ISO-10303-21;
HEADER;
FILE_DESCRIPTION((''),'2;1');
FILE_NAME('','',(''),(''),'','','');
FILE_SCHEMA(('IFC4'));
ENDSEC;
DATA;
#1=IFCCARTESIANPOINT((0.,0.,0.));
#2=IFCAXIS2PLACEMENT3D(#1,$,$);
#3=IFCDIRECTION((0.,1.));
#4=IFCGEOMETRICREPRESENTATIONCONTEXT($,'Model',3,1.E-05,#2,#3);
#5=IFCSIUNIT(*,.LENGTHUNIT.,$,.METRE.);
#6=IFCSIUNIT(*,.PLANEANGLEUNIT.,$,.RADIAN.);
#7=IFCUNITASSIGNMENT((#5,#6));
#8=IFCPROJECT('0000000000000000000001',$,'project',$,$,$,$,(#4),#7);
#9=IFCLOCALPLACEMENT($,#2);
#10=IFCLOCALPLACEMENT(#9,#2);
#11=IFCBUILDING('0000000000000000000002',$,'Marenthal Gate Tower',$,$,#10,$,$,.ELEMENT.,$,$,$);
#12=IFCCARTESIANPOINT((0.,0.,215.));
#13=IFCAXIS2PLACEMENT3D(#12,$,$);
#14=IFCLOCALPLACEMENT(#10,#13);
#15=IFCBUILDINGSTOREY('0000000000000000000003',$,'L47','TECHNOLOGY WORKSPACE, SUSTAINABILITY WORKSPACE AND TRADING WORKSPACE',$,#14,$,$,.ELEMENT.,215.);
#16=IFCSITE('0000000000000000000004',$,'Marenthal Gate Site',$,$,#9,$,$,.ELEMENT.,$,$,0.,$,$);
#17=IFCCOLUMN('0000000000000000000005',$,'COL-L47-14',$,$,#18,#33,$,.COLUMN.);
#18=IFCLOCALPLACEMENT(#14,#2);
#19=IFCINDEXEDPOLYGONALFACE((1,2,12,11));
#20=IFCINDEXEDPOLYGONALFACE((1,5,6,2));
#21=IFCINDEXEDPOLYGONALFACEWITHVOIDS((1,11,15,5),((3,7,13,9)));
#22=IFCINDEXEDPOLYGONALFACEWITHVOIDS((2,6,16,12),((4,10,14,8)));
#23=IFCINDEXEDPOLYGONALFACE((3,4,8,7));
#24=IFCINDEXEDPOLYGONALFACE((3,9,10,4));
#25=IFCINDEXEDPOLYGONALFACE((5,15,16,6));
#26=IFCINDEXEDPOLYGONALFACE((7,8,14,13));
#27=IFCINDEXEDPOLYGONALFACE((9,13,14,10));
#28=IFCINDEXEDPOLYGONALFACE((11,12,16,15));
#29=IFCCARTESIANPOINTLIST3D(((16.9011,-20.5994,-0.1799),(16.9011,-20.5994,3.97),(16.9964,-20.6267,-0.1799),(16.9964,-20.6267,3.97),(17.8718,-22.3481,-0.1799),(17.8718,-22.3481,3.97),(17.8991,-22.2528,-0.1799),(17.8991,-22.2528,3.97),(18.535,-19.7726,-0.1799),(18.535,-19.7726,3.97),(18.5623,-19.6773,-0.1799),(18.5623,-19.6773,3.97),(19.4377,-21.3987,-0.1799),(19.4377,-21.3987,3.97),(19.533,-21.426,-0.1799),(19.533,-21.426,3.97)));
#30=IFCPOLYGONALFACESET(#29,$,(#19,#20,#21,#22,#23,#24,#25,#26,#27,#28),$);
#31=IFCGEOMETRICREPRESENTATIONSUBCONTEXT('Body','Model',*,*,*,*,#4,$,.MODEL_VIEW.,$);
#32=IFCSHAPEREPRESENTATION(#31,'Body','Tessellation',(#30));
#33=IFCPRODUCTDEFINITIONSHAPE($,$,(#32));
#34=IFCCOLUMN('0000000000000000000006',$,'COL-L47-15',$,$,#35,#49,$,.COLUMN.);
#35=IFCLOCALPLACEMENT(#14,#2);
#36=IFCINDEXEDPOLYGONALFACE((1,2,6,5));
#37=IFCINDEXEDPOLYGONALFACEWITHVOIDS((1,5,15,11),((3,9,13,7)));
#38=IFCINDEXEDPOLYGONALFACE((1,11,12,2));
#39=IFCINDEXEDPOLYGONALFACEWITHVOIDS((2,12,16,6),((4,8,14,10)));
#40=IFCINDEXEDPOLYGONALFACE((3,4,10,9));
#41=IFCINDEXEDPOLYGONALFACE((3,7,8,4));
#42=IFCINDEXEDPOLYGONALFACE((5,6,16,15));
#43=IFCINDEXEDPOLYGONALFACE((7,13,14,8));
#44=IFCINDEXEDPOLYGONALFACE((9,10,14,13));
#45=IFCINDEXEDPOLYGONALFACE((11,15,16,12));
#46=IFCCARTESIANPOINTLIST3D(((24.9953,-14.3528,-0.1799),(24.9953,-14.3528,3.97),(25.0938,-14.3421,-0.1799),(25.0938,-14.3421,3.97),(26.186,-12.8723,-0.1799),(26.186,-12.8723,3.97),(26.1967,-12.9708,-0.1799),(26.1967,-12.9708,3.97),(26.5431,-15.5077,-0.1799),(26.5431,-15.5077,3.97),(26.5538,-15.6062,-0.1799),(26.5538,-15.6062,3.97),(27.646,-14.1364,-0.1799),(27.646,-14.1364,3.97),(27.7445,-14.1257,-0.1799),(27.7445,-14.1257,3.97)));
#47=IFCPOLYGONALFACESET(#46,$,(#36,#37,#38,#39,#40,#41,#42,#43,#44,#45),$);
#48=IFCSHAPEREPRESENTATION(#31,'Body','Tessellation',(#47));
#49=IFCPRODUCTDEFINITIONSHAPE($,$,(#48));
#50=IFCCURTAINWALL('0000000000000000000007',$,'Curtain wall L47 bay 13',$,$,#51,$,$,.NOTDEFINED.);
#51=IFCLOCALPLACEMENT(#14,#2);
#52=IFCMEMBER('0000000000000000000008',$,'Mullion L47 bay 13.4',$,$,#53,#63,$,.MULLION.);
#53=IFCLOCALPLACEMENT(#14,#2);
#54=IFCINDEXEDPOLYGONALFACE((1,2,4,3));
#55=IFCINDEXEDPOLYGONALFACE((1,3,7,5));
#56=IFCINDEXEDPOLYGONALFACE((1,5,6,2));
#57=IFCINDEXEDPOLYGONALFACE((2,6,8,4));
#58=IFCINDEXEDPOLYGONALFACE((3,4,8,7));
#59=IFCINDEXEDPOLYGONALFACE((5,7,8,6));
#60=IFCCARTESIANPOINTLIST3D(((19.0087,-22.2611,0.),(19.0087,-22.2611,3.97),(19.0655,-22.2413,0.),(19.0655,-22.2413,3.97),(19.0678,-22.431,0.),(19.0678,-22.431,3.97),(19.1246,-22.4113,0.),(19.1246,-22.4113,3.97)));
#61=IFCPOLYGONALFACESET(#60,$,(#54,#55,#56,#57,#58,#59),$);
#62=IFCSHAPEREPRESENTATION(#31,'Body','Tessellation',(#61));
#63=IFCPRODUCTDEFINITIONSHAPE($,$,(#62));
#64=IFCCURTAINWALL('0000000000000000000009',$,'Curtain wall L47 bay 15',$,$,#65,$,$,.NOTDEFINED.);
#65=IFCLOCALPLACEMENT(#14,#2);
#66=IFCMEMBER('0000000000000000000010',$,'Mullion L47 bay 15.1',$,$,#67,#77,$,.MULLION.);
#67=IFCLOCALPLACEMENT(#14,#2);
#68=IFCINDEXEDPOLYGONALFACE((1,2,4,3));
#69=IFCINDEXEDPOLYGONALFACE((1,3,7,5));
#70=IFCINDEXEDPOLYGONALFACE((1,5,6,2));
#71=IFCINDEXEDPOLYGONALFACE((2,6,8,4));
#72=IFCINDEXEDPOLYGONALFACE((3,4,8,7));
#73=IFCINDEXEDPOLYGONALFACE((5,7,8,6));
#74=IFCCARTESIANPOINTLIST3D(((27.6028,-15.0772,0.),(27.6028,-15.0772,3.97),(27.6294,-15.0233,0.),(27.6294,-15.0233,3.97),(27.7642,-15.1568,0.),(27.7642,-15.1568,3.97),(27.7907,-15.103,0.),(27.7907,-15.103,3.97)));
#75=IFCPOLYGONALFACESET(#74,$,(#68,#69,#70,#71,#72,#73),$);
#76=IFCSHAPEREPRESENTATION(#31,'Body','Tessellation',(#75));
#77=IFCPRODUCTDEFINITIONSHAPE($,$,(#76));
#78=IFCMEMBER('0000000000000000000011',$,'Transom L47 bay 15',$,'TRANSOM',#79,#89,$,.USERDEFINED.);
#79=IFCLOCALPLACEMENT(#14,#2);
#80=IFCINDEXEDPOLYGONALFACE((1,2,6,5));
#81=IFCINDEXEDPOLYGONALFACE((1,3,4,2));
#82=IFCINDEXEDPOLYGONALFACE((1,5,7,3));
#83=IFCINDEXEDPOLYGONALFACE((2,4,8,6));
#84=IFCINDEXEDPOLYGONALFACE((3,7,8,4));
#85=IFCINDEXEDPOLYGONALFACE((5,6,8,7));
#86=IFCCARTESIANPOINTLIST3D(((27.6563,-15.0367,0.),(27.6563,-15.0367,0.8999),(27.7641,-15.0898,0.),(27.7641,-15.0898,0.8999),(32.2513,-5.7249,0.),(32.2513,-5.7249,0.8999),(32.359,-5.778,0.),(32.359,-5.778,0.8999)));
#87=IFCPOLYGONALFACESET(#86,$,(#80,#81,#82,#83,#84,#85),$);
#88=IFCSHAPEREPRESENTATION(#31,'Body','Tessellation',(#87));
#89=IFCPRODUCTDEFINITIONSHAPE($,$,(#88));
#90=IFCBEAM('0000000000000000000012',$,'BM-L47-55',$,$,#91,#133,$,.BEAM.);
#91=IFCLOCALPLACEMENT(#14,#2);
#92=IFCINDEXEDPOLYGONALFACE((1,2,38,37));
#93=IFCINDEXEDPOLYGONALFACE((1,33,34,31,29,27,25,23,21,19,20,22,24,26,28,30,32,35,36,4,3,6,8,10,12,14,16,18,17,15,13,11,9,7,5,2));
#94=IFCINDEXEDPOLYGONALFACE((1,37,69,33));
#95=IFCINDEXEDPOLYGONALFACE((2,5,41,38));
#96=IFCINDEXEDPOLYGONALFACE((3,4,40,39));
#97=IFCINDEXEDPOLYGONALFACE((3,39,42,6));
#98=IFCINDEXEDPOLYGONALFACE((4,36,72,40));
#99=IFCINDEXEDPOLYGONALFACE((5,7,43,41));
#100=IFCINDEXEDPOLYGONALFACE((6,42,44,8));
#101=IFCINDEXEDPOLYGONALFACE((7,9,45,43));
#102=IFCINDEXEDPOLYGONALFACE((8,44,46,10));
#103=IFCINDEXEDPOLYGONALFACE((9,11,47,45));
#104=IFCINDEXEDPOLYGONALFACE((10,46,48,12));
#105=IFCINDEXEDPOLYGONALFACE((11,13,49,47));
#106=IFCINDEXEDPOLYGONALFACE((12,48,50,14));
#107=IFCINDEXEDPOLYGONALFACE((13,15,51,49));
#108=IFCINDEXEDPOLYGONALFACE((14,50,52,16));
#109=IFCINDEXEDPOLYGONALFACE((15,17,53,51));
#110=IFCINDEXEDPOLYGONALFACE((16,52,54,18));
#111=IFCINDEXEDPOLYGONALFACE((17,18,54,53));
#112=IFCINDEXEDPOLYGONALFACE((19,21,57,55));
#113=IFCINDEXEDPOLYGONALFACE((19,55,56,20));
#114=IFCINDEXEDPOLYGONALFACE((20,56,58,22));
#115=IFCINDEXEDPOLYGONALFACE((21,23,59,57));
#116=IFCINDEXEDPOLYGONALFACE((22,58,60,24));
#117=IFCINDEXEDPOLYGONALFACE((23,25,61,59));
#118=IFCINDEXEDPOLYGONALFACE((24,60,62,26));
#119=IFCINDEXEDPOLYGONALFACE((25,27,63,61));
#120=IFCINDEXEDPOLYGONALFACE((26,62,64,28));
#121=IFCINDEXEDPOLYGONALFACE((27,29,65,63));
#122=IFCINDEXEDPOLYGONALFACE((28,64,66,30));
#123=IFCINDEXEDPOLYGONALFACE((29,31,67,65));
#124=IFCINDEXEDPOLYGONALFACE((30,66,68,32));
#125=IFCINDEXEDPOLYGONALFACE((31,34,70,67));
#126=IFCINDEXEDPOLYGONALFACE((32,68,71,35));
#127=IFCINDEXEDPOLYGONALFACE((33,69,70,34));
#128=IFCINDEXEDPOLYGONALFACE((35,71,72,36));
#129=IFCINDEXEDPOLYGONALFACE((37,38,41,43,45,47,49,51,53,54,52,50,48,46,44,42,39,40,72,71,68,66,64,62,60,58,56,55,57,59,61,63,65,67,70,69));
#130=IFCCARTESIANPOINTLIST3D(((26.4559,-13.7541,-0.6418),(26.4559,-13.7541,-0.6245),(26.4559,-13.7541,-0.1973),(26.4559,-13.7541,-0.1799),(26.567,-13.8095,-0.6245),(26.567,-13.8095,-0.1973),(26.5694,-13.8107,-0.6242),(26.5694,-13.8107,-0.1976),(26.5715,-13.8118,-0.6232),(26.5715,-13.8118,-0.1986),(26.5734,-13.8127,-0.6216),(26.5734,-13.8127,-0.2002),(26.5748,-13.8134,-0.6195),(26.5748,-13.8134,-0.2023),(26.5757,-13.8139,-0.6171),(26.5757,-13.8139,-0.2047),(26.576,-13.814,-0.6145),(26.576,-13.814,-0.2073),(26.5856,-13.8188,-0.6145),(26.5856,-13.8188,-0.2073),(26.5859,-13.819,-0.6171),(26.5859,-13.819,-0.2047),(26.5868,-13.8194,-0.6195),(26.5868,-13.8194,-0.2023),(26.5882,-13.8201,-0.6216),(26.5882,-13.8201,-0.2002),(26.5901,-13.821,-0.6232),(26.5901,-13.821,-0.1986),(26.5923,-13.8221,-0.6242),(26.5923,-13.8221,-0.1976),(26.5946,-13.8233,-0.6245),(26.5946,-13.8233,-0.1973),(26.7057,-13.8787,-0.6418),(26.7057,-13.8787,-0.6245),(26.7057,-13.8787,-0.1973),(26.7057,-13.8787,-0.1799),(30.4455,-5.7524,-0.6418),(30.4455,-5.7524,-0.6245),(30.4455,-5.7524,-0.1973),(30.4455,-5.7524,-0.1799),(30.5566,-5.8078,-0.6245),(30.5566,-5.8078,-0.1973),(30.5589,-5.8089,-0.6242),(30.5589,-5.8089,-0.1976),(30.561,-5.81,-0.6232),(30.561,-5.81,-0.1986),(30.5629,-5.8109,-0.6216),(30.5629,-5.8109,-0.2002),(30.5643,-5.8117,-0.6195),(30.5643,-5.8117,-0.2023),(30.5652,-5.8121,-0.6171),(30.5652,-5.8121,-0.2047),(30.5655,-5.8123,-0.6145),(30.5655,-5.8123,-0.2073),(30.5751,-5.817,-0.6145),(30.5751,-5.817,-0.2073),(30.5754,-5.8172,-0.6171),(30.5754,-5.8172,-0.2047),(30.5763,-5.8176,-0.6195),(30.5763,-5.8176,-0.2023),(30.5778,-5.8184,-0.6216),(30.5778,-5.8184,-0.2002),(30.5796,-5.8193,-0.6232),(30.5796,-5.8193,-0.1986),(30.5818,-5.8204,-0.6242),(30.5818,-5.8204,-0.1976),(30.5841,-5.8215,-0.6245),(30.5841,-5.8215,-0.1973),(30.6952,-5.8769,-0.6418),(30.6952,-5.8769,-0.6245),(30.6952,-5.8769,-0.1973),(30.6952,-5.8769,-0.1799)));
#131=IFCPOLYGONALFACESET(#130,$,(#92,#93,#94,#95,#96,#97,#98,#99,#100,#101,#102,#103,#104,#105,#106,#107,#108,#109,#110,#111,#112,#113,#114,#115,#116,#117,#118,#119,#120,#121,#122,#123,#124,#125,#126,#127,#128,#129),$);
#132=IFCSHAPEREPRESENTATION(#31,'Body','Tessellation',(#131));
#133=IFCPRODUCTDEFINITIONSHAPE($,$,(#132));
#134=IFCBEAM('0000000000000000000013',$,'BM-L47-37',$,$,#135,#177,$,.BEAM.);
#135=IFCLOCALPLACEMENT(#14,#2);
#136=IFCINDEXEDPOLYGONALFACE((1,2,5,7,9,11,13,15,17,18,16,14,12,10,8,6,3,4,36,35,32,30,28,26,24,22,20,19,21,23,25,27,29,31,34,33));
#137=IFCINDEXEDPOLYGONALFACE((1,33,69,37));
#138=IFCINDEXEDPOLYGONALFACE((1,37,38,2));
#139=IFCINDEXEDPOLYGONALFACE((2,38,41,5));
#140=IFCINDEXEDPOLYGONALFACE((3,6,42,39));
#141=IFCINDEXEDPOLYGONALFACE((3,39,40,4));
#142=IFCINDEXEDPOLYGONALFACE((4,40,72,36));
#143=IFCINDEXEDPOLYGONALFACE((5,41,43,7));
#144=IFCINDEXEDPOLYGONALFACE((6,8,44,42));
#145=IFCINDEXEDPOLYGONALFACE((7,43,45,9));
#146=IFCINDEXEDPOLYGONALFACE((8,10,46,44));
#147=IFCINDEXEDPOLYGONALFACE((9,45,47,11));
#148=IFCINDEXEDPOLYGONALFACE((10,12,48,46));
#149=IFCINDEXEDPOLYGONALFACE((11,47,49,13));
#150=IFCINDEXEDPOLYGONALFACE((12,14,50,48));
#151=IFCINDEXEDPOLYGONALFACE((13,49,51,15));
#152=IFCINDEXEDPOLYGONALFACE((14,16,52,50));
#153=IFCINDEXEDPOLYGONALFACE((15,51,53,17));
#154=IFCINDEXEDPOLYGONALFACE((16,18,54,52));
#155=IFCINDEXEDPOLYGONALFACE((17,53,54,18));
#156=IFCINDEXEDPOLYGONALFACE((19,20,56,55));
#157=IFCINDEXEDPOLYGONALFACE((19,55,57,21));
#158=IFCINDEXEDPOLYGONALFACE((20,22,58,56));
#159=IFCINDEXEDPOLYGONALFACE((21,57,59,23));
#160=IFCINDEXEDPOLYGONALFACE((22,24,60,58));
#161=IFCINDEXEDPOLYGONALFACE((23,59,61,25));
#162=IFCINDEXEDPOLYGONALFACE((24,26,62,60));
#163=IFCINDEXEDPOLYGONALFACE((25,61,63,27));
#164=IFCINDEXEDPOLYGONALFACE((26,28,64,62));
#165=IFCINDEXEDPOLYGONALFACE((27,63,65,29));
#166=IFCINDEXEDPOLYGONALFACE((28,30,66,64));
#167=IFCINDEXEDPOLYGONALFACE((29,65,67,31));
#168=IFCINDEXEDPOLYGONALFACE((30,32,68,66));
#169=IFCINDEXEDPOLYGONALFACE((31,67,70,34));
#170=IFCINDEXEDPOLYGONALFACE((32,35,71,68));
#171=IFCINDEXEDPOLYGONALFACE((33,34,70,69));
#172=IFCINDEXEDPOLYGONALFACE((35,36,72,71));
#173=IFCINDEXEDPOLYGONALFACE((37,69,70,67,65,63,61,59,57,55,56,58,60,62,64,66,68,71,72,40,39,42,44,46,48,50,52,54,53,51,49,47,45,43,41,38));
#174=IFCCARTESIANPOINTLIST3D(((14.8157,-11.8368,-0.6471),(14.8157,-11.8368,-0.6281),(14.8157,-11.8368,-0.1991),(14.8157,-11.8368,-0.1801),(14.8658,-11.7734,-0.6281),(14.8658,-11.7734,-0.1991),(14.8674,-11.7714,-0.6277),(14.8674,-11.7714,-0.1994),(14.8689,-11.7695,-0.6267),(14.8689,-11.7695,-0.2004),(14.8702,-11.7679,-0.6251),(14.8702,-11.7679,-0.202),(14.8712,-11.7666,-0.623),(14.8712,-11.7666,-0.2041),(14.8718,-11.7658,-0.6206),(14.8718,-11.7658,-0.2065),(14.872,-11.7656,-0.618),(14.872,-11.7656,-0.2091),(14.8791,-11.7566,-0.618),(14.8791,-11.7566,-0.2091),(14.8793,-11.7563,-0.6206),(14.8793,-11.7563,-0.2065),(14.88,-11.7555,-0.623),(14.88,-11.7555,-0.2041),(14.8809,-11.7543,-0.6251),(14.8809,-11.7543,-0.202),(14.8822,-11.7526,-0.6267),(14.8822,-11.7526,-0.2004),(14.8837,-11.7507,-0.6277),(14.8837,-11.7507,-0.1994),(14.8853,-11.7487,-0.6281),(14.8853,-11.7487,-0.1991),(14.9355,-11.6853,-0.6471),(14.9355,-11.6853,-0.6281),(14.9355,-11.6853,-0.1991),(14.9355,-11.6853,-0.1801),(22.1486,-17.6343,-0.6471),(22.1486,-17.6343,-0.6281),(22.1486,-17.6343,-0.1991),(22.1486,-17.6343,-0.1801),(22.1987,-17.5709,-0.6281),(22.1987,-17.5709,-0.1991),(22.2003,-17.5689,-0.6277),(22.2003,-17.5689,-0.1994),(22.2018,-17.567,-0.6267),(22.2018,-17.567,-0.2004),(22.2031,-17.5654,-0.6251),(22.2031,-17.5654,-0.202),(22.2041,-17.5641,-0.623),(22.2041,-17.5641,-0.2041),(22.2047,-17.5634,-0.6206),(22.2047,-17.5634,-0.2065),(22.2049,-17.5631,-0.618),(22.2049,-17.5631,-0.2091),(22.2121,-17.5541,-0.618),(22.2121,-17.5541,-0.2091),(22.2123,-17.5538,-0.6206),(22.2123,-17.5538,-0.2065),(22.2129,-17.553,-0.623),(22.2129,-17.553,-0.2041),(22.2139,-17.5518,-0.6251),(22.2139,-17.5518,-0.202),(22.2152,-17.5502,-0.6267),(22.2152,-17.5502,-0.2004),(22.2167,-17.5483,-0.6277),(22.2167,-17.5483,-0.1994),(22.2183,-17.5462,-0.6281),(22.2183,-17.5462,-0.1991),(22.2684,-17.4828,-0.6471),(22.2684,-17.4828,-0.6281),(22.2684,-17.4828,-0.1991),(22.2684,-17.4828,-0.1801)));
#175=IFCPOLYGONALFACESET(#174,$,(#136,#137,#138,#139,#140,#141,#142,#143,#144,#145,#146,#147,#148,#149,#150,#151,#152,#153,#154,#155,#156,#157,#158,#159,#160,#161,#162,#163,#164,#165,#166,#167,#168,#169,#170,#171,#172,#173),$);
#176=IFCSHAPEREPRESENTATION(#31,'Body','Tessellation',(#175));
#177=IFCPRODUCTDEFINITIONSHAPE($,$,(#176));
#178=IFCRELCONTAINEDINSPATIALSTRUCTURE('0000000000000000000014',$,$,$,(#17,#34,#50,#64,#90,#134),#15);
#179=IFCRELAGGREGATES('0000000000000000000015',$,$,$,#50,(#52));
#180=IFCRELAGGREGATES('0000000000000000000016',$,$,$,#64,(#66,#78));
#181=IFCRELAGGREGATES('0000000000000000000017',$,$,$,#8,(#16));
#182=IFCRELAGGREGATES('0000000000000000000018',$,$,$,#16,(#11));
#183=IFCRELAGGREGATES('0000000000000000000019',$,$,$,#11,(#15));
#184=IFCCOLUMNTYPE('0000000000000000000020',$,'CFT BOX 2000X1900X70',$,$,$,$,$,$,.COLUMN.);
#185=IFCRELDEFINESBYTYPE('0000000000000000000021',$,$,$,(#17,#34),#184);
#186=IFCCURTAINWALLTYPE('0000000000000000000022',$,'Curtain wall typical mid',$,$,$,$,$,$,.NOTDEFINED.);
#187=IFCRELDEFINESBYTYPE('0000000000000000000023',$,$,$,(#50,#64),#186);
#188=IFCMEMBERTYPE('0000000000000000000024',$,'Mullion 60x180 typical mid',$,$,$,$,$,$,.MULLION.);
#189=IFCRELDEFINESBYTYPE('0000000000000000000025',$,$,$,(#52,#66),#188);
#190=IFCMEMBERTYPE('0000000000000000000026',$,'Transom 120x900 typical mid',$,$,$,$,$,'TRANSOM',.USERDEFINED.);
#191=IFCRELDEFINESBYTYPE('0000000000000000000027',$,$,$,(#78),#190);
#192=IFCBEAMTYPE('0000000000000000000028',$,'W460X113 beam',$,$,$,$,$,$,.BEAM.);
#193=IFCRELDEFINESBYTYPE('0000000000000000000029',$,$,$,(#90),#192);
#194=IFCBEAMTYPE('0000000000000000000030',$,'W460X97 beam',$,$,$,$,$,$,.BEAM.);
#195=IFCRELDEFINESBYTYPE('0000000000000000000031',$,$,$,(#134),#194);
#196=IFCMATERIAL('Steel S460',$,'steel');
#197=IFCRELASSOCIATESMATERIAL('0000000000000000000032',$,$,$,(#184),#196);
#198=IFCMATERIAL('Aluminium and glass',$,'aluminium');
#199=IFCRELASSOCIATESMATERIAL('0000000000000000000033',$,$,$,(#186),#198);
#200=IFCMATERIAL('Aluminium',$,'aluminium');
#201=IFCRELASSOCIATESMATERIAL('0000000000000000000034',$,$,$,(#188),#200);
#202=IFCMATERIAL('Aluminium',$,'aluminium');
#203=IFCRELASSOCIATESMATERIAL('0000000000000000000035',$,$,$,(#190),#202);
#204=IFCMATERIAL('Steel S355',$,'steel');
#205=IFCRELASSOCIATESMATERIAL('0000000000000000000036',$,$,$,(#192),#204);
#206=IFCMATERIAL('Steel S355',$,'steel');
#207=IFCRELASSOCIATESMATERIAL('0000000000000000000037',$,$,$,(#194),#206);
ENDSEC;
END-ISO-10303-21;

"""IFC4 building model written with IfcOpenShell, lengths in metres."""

from ifc_helpers import new_model, si_unit, direction, frame, origin, origin_2d, place, context, subcontext, project, spatial, rectangle, hollow_rectangle, i_section, extrude, material, material_profile, profile_set, type_object, element, aggregate, save


model = new_model("IFC4")

# Units and contexts
model_context = context("Model", 3, precision=1e-05, world=origin(), true_north=direction((0.0, 1.0)))
body_context = subcontext(model_context, "Body", "Model", "MODEL_VIEW")
ifc_project = project(units=[si_unit("LENGTHUNIT", "METRE"), si_unit("PLANEANGLEUNIT", "RADIAN")], contexts=[model_context])

# Site, building, storey
site_placement = place(None, origin())
site = spatial("IfcSite", under=ifc_project, at=site_placement, Name="Marenthal Gate Site", CompositionType="ELEMENT", RefElevation=0.0)
building_placement = place(site_placement, origin())
building = spatial("IfcBuilding", under=site, at=building_placement, Name="Marenthal Gate Tower", CompositionType="ELEMENT")
storey_placement = place(building_placement, frame((0.0, 0.0, 215.0)))
storey = spatial("IfcBuildingStorey", under=building, at=storey_placement, Name="L47", Description="TECHNOLOGY WORKSPACE, SUSTAINABILITY WORKSPACE AND TRADING WORKSPACE", CompositionType="ELEMENT", Elevation=215.0)

# Columns
ifc_material_1 = material(Name="Steel S460", Category="steel")
ifc_material_profile_1 = material_profile(ifc_material_1, hollow_rectangle(XDim=1.8999, YDim=2.0, WallThickness=0.0701, at=origin_2d()), Name="CFT BOX 2000X1900X70")
ifc_material_2 = material(Name="Concrete 70 MPa", Category="concrete")
ifc_material_profile_2 = material_profile(ifc_material_2, rectangle(XDim=1.76, YDim=1.8601, at=origin_2d()), Name="CFT BOX 2000X1900X70 INFILL")
ifc_profile_set_1 = profile_set([ifc_material_profile_1, ifc_material_profile_2], Name="Steel S460 shell, Concrete 70 MPa infill")
column_type = type_object("IfcColumnType", Name="CFT BOX 2000X1900X70", PredefinedType="COLUMN", material=ifc_profile_set_1)
for number, where, z_axis, x_axis, name in (
    (1, (18.217, -21.0127, -0.1799), (0.0, 0.0, 1.0), (-0.874319, -0.485351, 0.0), "COL-L47-14"),
    (2, (26.3699, -14.2393, -0.1799), (0.0, 0.0, 1.0), (-0.626719, -0.779245, 0.0), "COL-L47-15"),
):
    element("IfcColumn", number, at=place(storey_placement, frame(where, z_axis=z_axis, x_axis=x_axis)), inside=storey, type_object=column_type, Name=name, PredefinedType="COLUMN", context=body_context, shape_type="SweptSolid", body=[
        extrude(hollow_rectangle(XDim=1.8999, YDim=2.0, WallThickness=0.0701, at=origin_2d()), origin(), (0.0, 0.0, 1.0), 4.1499),
    ])

# Curtain wall, member
ifc_material_3 = material(Name="Aluminium and glass", Category="aluminium")
curtain_wall_type = type_object("IfcCurtainWallType", Name="Curtain wall typical mid", PredefinedType="NOTDEFINED", material=ifc_material_3)
curtain_wall_1_placement = place(storey_placement, origin())
curtain_wall_1 = element("IfcCurtainWall", 3, at=curtain_wall_1_placement, inside=storey, type_object=curtain_wall_type, Name="Curtain wall L47 bay 13", PredefinedType="NOTDEFINED")
ifc_material_4 = material(Name="Aluminium", Category="aluminium")
ifc_material_profile_3 = material_profile(ifc_material_4, rectangle(XDim=0.1799, YDim=0.0601, at=origin_2d()), Name="60x180 aluminium mullion")
ifc_profile_set_2 = profile_set([ifc_material_profile_3], Name="Aluminium")
member_type_1 = type_object("IfcMemberType", Name="Mullion 60x180 typical mid", PredefinedType="MULLION", material=ifc_profile_set_2)
member_1_placement = place(storey_placement, frame((19.0667, -22.3362, 0.0), z_axis=(0.0, 0.0, 1.0), x_axis=(-0.3284, 0.944539, 0.0)))
member_1 = element("IfcMember", 4, at=member_1_placement, type_object=member_type_1, Name="Mullion L47 bay 13.4", PredefinedType="MULLION", context=body_context, shape_type="SweptSolid", body=[
    extrude(rectangle(XDim=0.1799, YDim=0.0601, at=origin_2d()), origin(), (0.0, 0.0, 1.0), 3.97),
])
aggregate(curtain_wall_1, [member_1])

# Curtain wall, members
curtain_wall_2_placement = place(storey_placement, origin())
curtain_wall_2 = element("IfcCurtainWall", 5, at=curtain_wall_2_placement, inside=storey, type_object=curtain_wall_type, Name="Curtain wall L47 bay 15", PredefinedType="NOTDEFINED")
member_2_placement = place(storey_placement, frame((27.6968, -15.0901, 0.0), z_axis=(0.0, 0.0, 1.0), x_axis=(-0.896757, 0.442523, 0.0)))
member_2 = element("IfcMember", 6, at=member_2_placement, type_object=member_type_1, Name="Mullion L47 bay 15.1", PredefinedType="MULLION", context=body_context, shape_type="SweptSolid", body=[
    extrude(rectangle(XDim=0.1799, YDim=0.0601, at=origin_2d()), origin(), (0.0, 0.0, 1.0), 3.97),
])
ifc_material_5 = material(Name="Aluminium", Category="aluminium")
ifc_material_profile_4 = material_profile(ifc_material_5, rectangle(XDim=0.1201, YDim=0.8999, at=origin_2d()), Name="120x900 aluminium transom")
ifc_profile_set_3 = profile_set([ifc_material_profile_4], Name="Aluminium")
member_type_2 = type_object("IfcMemberType", Name="Transom 120x900 typical mid", ElementType="TRANSOM", PredefinedType="USERDEFINED", material=ifc_profile_set_3)
member_3_placement = place(storey_placement, frame((27.7102, -15.0632, 0.45), z_axis=(0.442514, 0.896761, 0.0), x_axis=(-0.896761, 0.442514, 0.0)))
member_3 = element("IfcMember", 7, at=member_3_placement, type_object=member_type_2, Name="Transom L47 bay 15", ObjectType="TRANSOM", PredefinedType="USERDEFINED", context=body_context, shape_type="SweptSolid", body=[
    extrude(rectangle(XDim=0.1201, YDim=0.8999, at=origin_2d()), origin(), (0.0, 0.0, 1.0), 10.3838),
])
aggregate(curtain_wall_2, [member_2, member_3])

# Beams
ifc_material_6 = material(Name="Steel S355", Category="steel")
ifc_material_profile_5 = material_profile(ifc_material_6, i_section(OverallWidth=0.2791, OverallDepth=0.4619, WebThickness=0.0107, FlangeThickness=0.0173, FilletRadius=0.01, at=origin_2d()), Name="W460X113")
ifc_profile_set_4 = profile_set([ifc_material_profile_5], Name="Steel S355")
beam_type_1 = type_object("IfcBeamType", Name="W460X113 beam", PredefinedType="BEAM", material=ifc_profile_set_4)
beam_1_placement = place(storey_placement, frame((26.5808, -13.8164, -0.4109), z_axis=(0.446198, 0.894934, 0.0), x_axis=(-0.894934, 0.446198, 0.0)))
element("IfcBeam", 8, at=beam_1_placement, inside=storey, type_object=beam_type_1, Name="BM-L47-55", PredefinedType="BEAM", context=body_context, shape_type="SweptSolid", body=[
    extrude(i_section(OverallWidth=0.2791, OverallDepth=0.4619, WebThickness=0.0107, FlangeThickness=0.0173, FilletRadius=0.01, at=origin_2d()), origin(), (0.0, 0.0, 1.0), 8.9412),
])
ifc_material_7 = material(Name="Steel S355", Category="steel")
ifc_material_profile_6 = material_profile(ifc_material_7, i_section(OverallWidth=0.1931, OverallDepth=0.467, WebThickness=0.0115, FlangeThickness=0.019, FilletRadius=0.01, at=origin_2d()), Name="W460X97")
ifc_profile_set_5 = profile_set([ifc_material_profile_6], Name="Steel S355")
beam_type_2 = type_object("IfcBeamType", Name="W460X97 beam", PredefinedType="BEAM", material=ifc_profile_set_5)
beam_2_placement = place(storey_placement, frame((22.2085, -17.5586, -0.4136), z_axis=(-0.784446, 0.620197, 0.0), x_axis=(-0.620197, -0.784446, 0.0)))
element("IfcBeam", 9, at=beam_2_placement, inside=storey, type_object=beam_type_2, Name="BM-L47-37", PredefinedType="BEAM", context=body_context, shape_type="SweptSolid", body=[
    extrude(i_section(OverallWidth=0.1931, OverallDepth=0.467, WebThickness=0.0115, FlangeThickness=0.019, FilletRadius=0.01, at=origin_2d()), origin(), (0.0, 0.0, 1.0), 9.3479),
])

save(model, "model.ifc")
